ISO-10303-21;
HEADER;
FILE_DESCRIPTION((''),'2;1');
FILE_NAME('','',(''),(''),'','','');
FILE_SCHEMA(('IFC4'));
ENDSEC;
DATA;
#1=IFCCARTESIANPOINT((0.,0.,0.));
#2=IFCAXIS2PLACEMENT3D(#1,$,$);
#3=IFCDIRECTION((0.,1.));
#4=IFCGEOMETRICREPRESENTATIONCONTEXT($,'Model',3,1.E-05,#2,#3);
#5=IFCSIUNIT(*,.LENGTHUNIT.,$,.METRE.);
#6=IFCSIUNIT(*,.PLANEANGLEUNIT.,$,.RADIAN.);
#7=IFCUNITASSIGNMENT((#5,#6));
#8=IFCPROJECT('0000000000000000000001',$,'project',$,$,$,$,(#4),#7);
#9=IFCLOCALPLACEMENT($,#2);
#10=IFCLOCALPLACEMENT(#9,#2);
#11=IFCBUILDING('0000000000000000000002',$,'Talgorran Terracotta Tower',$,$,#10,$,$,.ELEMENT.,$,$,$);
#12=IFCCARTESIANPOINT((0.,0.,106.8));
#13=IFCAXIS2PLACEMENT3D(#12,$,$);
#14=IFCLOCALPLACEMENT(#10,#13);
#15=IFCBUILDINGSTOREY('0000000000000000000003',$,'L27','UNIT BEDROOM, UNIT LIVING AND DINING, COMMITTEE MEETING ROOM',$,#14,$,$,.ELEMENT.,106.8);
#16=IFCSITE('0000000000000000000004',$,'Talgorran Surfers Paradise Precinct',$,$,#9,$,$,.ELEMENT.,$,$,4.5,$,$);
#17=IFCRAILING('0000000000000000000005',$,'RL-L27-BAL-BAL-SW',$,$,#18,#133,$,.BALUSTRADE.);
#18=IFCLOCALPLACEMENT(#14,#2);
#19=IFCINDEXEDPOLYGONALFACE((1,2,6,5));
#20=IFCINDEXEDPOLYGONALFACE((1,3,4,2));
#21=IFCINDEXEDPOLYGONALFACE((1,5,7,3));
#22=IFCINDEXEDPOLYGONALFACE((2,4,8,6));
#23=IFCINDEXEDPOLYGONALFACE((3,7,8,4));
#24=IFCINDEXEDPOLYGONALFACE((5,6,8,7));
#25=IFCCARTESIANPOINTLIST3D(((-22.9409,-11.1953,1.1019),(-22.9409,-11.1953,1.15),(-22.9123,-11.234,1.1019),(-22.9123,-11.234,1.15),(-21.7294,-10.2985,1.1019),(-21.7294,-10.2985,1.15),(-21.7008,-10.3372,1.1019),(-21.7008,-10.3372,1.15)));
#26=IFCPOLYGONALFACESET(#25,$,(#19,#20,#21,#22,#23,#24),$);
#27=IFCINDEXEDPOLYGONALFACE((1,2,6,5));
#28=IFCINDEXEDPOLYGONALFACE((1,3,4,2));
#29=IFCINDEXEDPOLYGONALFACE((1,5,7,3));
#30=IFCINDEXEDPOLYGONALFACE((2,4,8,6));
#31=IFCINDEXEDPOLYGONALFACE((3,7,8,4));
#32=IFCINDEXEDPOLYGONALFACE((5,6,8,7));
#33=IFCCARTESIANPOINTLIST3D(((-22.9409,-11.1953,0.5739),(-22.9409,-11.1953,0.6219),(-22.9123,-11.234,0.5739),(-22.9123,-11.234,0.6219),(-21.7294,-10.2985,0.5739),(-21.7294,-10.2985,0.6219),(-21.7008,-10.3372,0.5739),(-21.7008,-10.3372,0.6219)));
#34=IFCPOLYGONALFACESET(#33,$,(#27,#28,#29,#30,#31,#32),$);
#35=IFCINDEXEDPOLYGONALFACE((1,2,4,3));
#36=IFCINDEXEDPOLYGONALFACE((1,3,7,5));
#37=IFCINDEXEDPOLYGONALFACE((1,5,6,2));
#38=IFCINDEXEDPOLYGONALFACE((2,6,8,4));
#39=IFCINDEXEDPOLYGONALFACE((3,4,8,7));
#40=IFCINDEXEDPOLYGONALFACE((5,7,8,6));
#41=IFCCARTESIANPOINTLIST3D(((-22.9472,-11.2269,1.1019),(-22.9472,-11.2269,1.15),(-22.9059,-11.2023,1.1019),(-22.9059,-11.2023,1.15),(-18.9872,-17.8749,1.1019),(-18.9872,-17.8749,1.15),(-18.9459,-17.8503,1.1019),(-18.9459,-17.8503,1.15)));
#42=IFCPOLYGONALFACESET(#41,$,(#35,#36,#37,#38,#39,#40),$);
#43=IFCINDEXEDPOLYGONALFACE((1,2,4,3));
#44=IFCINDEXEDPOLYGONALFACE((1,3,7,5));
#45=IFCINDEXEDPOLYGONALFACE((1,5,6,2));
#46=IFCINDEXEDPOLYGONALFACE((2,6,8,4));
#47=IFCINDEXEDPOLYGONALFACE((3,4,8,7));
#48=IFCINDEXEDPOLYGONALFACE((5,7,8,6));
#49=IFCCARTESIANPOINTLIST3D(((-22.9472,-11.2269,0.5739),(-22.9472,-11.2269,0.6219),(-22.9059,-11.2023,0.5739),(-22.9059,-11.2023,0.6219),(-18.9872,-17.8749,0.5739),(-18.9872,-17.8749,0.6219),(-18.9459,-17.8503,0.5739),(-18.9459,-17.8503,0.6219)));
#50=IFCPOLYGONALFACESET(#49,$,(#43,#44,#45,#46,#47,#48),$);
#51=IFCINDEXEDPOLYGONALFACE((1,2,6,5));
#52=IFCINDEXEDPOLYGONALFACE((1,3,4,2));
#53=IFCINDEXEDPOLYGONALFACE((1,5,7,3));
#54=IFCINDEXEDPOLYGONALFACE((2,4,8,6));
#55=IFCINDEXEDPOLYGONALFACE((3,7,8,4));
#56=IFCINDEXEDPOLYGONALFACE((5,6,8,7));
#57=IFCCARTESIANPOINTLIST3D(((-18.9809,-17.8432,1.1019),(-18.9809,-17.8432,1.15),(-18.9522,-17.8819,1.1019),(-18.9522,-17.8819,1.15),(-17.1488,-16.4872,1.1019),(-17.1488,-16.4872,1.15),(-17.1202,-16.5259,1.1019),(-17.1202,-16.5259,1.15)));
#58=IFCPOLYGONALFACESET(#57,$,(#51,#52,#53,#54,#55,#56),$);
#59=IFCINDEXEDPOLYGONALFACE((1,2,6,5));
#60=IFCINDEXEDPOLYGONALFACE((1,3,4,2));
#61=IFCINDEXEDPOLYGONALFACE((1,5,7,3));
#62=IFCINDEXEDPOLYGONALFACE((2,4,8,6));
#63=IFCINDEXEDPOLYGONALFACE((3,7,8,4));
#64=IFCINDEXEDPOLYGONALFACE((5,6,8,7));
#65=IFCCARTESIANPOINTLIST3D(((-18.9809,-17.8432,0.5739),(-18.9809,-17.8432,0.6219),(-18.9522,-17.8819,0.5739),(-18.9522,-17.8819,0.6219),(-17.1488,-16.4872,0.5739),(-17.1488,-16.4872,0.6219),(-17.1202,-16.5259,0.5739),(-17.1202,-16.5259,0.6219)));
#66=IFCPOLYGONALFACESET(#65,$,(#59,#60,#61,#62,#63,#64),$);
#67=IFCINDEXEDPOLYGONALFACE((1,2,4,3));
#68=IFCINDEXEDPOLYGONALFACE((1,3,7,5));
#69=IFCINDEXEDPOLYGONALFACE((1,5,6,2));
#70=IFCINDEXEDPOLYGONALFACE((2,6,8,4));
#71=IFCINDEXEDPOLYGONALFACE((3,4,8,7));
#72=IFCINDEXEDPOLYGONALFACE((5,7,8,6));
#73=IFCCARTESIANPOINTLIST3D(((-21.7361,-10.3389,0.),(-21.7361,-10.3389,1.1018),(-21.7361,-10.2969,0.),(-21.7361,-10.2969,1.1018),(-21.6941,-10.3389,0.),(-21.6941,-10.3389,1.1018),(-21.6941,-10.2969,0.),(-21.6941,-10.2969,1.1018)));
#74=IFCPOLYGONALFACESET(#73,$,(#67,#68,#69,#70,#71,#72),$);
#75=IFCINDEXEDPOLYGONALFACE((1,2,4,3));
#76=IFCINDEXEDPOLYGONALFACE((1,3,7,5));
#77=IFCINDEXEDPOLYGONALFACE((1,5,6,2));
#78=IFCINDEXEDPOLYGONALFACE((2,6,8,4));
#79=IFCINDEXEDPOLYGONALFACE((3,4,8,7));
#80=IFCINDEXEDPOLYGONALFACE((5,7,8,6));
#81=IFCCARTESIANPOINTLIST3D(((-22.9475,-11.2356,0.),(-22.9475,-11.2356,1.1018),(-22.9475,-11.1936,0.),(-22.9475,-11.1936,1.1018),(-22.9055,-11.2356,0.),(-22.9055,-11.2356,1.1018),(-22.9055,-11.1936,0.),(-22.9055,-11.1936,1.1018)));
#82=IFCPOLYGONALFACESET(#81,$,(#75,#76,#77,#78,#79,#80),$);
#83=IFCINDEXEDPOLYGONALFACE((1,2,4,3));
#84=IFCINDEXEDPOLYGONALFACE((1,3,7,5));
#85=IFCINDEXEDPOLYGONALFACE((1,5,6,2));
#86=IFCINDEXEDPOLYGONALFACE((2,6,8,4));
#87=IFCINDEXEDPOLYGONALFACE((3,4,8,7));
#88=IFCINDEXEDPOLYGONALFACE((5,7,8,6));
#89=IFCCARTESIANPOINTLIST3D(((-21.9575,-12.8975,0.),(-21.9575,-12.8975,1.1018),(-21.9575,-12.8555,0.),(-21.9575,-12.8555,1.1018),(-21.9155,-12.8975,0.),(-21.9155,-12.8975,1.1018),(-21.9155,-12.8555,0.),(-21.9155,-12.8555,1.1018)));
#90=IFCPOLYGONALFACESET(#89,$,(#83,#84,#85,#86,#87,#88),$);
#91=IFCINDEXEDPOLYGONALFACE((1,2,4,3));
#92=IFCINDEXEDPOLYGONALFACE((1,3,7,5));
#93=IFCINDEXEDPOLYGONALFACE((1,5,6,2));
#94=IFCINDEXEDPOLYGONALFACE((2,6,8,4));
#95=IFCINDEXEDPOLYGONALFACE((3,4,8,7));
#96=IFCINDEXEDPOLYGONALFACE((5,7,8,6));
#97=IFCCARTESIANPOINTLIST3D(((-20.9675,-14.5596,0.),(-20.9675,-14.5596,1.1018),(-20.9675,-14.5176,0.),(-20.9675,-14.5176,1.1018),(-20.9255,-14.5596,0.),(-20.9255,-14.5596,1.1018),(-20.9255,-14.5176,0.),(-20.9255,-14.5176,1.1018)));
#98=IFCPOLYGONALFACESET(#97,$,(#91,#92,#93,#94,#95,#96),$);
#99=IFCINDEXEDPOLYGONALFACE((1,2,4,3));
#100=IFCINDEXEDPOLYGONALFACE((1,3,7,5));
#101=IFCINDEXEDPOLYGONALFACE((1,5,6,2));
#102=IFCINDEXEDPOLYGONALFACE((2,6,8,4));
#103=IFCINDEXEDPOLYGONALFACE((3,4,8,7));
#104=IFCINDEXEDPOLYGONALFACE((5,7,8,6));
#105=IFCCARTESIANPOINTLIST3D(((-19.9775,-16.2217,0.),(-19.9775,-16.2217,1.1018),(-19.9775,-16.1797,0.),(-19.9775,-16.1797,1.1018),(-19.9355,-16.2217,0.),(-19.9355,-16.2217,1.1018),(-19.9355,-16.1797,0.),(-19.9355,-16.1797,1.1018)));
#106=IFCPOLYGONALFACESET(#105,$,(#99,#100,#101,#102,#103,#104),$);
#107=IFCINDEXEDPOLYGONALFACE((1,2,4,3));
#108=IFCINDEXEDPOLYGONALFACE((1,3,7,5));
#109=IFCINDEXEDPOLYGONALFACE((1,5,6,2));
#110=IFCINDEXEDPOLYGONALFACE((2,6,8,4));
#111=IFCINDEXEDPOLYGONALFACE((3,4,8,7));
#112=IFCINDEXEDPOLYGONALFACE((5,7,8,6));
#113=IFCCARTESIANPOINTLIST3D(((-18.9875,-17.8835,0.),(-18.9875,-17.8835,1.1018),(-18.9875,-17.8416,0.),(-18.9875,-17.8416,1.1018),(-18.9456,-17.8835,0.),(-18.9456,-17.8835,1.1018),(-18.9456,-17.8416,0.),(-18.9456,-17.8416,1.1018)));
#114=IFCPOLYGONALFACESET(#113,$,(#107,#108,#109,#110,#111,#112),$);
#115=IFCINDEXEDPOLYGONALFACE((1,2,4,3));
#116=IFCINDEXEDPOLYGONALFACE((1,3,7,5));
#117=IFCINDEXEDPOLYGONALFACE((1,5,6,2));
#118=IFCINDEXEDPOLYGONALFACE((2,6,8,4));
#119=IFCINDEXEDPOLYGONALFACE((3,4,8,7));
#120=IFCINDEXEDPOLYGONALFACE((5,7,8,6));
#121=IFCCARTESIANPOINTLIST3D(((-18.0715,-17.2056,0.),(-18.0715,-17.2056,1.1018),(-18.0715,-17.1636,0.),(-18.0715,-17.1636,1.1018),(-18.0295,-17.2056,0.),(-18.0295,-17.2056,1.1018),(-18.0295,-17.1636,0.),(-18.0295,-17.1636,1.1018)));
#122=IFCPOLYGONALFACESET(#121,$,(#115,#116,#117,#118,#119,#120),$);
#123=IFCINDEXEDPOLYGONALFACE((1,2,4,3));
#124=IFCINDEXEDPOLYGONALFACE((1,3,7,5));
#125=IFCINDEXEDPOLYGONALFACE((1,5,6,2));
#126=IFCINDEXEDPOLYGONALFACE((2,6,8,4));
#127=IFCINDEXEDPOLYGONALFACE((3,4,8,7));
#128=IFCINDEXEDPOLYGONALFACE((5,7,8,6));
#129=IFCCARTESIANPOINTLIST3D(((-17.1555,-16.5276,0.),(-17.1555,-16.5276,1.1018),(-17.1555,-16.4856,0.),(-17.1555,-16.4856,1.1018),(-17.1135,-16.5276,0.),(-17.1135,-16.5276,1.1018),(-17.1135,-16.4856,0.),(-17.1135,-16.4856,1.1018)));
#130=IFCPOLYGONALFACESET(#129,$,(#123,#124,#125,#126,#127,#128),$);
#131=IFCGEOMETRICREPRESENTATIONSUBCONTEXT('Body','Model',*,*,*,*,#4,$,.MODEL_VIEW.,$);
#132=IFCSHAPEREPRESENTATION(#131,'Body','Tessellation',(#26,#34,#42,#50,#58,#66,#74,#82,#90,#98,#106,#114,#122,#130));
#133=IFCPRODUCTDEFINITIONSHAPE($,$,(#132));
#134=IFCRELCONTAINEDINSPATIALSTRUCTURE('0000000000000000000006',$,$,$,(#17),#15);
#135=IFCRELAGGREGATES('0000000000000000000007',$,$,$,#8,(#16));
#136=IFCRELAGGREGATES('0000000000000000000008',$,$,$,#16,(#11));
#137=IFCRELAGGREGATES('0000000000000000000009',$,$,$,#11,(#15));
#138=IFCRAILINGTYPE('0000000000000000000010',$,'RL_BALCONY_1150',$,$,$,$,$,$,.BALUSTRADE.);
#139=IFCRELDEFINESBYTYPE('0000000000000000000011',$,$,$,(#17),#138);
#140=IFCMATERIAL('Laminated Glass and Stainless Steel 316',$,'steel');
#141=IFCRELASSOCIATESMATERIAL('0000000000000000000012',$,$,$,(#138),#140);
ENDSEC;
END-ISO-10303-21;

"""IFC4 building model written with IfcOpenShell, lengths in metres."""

from ifc_helpers import new_model, si_unit, direction, frame, origin, origin_2d, place, context, subcontext, project, spatial, rectangle, extrude, material, type_object, element, save


model = new_model("IFC4")

# Units and contexts
model_context = context("Model", 3, precision=1e-05, world=origin(), true_north=direction((0.0, 1.0)))
body_context = subcontext(model_context, "Body", "Model", "MODEL_VIEW")
ifc_project = project(units=[si_unit("LENGTHUNIT", "METRE"), si_unit("PLANEANGLEUNIT", "RADIAN")], contexts=[model_context])

# Site, building, storey
site_placement = place(None, origin())
site = spatial("IfcSite", under=ifc_project, at=site_placement, Name="Talgorran Surfers Paradise Precinct", CompositionType="ELEMENT", RefElevation=4.5)
building_placement = place(site_placement, origin())
building = spatial("IfcBuilding", under=site, at=building_placement, Name="Talgorran Terracotta Tower", CompositionType="ELEMENT")
storey_placement = place(building_placement, frame((0.0, 0.0, 106.8)))
storey = spatial("IfcBuildingStorey", under=building, at=storey_placement, Name="L27", Description="UNIT BEDROOM, UNIT LIVING AND DINING, COMMITTEE MEETING ROOM", CompositionType="ELEMENT", Elevation=106.8)

# Railing
ifc_material_1 = material(Name="Laminated Glass and Stainless Steel 316", Category="steel")
railing_type = type_object("IfcRailingType", Name="RL_BALCONY_1150", PredefinedType="BALUSTRADE", material=ifc_material_1)
railing_placement = place(storey_placement, frame((-21.7151, -10.3179, 0.0)))
element("IfcRailing", 1, at=railing_placement, inside=storey, type_object=railing_type, Name="RL-L27-BAL-BAL-SW", PredefinedType="BALUSTRADE", context=body_context, shape_type="SweptSolid", body=[
    extrude(rectangle(XDim=0.0481, YDim=0.0481, at=origin_2d()), frame((0.0, 0.0, 1.126), z_axis=(-0.803755, -0.59496, 0.0), x_axis=(0.59496, -0.803755, 0.0)), (0.0, 0.0, 1.0), 1.5073),
    extrude(rectangle(XDim=0.0481, YDim=0.0481, at=origin_2d()), frame((0.0, 0.0, 0.5979), z_axis=(-0.803755, -0.59496, 0.0), x_axis=(0.59496, -0.803755, 0.0)), (0.0, 0.0, 1.0), 1.5073),
    extrude(rectangle(XDim=0.0481, YDim=0.0481, at=origin_2d()), frame((-1.2114, -0.8967, 1.126), z_axis=(0.511756, -0.859131, 0.0), x_axis=(0.859131, 0.511756, 0.0)), (0.0, 0.0, 1.0), 7.738),
    extrude(rectangle(XDim=0.0481, YDim=0.0481, at=origin_2d()), frame((-1.2114, -0.8967, 0.5979), z_axis=(0.511756, -0.859131, 0.0), x_axis=(0.859131, 0.511756, 0.0)), (0.0, 0.0, 1.0), 7.738),
    extrude(rectangle(XDim=0.0481, YDim=0.0481, at=origin_2d()), frame((2.7485, -7.5447, 1.126), z_axis=(0.803789, 0.594915, 0.0), x_axis=(-0.594915, 0.803789, 0.0)), (0.0, 0.0, 1.0), 2.2793),
    extrude(rectangle(XDim=0.0481, YDim=0.0481, at=origin_2d()), frame((2.7485, -7.5447, 0.5979), z_axis=(0.803789, 0.594915, 0.0), x_axis=(-0.594915, 0.803789, 0.0)), (0.0, 0.0, 1.0), 2.2793),
    extrude(rectangle(XDim=0.042, YDim=0.042, at=origin_2d()), origin(), (0.0, 0.0, 1.0), 1.1018),
    extrude(rectangle(XDim=0.042, YDim=0.042, at=origin_2d()), frame((-1.2114, -0.8967, 0.0)), (0.0, 0.0, 1.0), 1.1018),
    extrude(rectangle(XDim=0.042, YDim=0.042, at=origin_2d()), frame((-0.2214, -2.5586, 0.0)), (0.0, 0.0, 1.0), 1.1018),
    extrude(rectangle(XDim=0.042, YDim=0.042, at=origin_2d()), frame((0.7686, -4.2207, 0.0)), (0.0, 0.0, 1.0), 1.1018),
    extrude(rectangle(XDim=0.042, YDim=0.042, at=origin_2d()), frame((1.7585, -5.8828, 0.0)), (0.0, 0.0, 1.0), 1.1018),
    extrude(rectangle(XDim=0.042, YDim=0.042, at=origin_2d()), frame((2.7485, -7.5447, 0.0)), (0.0, 0.0, 1.0), 1.1018),
    extrude(rectangle(XDim=0.042, YDim=0.042, at=origin_2d()), frame((3.6646, -6.8667, 0.0)), (0.0, 0.0, 1.0), 1.1018),
    extrude(rectangle(XDim=0.042, YDim=0.042, at=origin_2d()), frame((4.5806, -6.1887, 0.0)), (0.0, 0.0, 1.0), 1.1018),
])

save(model, "model.ifc")
